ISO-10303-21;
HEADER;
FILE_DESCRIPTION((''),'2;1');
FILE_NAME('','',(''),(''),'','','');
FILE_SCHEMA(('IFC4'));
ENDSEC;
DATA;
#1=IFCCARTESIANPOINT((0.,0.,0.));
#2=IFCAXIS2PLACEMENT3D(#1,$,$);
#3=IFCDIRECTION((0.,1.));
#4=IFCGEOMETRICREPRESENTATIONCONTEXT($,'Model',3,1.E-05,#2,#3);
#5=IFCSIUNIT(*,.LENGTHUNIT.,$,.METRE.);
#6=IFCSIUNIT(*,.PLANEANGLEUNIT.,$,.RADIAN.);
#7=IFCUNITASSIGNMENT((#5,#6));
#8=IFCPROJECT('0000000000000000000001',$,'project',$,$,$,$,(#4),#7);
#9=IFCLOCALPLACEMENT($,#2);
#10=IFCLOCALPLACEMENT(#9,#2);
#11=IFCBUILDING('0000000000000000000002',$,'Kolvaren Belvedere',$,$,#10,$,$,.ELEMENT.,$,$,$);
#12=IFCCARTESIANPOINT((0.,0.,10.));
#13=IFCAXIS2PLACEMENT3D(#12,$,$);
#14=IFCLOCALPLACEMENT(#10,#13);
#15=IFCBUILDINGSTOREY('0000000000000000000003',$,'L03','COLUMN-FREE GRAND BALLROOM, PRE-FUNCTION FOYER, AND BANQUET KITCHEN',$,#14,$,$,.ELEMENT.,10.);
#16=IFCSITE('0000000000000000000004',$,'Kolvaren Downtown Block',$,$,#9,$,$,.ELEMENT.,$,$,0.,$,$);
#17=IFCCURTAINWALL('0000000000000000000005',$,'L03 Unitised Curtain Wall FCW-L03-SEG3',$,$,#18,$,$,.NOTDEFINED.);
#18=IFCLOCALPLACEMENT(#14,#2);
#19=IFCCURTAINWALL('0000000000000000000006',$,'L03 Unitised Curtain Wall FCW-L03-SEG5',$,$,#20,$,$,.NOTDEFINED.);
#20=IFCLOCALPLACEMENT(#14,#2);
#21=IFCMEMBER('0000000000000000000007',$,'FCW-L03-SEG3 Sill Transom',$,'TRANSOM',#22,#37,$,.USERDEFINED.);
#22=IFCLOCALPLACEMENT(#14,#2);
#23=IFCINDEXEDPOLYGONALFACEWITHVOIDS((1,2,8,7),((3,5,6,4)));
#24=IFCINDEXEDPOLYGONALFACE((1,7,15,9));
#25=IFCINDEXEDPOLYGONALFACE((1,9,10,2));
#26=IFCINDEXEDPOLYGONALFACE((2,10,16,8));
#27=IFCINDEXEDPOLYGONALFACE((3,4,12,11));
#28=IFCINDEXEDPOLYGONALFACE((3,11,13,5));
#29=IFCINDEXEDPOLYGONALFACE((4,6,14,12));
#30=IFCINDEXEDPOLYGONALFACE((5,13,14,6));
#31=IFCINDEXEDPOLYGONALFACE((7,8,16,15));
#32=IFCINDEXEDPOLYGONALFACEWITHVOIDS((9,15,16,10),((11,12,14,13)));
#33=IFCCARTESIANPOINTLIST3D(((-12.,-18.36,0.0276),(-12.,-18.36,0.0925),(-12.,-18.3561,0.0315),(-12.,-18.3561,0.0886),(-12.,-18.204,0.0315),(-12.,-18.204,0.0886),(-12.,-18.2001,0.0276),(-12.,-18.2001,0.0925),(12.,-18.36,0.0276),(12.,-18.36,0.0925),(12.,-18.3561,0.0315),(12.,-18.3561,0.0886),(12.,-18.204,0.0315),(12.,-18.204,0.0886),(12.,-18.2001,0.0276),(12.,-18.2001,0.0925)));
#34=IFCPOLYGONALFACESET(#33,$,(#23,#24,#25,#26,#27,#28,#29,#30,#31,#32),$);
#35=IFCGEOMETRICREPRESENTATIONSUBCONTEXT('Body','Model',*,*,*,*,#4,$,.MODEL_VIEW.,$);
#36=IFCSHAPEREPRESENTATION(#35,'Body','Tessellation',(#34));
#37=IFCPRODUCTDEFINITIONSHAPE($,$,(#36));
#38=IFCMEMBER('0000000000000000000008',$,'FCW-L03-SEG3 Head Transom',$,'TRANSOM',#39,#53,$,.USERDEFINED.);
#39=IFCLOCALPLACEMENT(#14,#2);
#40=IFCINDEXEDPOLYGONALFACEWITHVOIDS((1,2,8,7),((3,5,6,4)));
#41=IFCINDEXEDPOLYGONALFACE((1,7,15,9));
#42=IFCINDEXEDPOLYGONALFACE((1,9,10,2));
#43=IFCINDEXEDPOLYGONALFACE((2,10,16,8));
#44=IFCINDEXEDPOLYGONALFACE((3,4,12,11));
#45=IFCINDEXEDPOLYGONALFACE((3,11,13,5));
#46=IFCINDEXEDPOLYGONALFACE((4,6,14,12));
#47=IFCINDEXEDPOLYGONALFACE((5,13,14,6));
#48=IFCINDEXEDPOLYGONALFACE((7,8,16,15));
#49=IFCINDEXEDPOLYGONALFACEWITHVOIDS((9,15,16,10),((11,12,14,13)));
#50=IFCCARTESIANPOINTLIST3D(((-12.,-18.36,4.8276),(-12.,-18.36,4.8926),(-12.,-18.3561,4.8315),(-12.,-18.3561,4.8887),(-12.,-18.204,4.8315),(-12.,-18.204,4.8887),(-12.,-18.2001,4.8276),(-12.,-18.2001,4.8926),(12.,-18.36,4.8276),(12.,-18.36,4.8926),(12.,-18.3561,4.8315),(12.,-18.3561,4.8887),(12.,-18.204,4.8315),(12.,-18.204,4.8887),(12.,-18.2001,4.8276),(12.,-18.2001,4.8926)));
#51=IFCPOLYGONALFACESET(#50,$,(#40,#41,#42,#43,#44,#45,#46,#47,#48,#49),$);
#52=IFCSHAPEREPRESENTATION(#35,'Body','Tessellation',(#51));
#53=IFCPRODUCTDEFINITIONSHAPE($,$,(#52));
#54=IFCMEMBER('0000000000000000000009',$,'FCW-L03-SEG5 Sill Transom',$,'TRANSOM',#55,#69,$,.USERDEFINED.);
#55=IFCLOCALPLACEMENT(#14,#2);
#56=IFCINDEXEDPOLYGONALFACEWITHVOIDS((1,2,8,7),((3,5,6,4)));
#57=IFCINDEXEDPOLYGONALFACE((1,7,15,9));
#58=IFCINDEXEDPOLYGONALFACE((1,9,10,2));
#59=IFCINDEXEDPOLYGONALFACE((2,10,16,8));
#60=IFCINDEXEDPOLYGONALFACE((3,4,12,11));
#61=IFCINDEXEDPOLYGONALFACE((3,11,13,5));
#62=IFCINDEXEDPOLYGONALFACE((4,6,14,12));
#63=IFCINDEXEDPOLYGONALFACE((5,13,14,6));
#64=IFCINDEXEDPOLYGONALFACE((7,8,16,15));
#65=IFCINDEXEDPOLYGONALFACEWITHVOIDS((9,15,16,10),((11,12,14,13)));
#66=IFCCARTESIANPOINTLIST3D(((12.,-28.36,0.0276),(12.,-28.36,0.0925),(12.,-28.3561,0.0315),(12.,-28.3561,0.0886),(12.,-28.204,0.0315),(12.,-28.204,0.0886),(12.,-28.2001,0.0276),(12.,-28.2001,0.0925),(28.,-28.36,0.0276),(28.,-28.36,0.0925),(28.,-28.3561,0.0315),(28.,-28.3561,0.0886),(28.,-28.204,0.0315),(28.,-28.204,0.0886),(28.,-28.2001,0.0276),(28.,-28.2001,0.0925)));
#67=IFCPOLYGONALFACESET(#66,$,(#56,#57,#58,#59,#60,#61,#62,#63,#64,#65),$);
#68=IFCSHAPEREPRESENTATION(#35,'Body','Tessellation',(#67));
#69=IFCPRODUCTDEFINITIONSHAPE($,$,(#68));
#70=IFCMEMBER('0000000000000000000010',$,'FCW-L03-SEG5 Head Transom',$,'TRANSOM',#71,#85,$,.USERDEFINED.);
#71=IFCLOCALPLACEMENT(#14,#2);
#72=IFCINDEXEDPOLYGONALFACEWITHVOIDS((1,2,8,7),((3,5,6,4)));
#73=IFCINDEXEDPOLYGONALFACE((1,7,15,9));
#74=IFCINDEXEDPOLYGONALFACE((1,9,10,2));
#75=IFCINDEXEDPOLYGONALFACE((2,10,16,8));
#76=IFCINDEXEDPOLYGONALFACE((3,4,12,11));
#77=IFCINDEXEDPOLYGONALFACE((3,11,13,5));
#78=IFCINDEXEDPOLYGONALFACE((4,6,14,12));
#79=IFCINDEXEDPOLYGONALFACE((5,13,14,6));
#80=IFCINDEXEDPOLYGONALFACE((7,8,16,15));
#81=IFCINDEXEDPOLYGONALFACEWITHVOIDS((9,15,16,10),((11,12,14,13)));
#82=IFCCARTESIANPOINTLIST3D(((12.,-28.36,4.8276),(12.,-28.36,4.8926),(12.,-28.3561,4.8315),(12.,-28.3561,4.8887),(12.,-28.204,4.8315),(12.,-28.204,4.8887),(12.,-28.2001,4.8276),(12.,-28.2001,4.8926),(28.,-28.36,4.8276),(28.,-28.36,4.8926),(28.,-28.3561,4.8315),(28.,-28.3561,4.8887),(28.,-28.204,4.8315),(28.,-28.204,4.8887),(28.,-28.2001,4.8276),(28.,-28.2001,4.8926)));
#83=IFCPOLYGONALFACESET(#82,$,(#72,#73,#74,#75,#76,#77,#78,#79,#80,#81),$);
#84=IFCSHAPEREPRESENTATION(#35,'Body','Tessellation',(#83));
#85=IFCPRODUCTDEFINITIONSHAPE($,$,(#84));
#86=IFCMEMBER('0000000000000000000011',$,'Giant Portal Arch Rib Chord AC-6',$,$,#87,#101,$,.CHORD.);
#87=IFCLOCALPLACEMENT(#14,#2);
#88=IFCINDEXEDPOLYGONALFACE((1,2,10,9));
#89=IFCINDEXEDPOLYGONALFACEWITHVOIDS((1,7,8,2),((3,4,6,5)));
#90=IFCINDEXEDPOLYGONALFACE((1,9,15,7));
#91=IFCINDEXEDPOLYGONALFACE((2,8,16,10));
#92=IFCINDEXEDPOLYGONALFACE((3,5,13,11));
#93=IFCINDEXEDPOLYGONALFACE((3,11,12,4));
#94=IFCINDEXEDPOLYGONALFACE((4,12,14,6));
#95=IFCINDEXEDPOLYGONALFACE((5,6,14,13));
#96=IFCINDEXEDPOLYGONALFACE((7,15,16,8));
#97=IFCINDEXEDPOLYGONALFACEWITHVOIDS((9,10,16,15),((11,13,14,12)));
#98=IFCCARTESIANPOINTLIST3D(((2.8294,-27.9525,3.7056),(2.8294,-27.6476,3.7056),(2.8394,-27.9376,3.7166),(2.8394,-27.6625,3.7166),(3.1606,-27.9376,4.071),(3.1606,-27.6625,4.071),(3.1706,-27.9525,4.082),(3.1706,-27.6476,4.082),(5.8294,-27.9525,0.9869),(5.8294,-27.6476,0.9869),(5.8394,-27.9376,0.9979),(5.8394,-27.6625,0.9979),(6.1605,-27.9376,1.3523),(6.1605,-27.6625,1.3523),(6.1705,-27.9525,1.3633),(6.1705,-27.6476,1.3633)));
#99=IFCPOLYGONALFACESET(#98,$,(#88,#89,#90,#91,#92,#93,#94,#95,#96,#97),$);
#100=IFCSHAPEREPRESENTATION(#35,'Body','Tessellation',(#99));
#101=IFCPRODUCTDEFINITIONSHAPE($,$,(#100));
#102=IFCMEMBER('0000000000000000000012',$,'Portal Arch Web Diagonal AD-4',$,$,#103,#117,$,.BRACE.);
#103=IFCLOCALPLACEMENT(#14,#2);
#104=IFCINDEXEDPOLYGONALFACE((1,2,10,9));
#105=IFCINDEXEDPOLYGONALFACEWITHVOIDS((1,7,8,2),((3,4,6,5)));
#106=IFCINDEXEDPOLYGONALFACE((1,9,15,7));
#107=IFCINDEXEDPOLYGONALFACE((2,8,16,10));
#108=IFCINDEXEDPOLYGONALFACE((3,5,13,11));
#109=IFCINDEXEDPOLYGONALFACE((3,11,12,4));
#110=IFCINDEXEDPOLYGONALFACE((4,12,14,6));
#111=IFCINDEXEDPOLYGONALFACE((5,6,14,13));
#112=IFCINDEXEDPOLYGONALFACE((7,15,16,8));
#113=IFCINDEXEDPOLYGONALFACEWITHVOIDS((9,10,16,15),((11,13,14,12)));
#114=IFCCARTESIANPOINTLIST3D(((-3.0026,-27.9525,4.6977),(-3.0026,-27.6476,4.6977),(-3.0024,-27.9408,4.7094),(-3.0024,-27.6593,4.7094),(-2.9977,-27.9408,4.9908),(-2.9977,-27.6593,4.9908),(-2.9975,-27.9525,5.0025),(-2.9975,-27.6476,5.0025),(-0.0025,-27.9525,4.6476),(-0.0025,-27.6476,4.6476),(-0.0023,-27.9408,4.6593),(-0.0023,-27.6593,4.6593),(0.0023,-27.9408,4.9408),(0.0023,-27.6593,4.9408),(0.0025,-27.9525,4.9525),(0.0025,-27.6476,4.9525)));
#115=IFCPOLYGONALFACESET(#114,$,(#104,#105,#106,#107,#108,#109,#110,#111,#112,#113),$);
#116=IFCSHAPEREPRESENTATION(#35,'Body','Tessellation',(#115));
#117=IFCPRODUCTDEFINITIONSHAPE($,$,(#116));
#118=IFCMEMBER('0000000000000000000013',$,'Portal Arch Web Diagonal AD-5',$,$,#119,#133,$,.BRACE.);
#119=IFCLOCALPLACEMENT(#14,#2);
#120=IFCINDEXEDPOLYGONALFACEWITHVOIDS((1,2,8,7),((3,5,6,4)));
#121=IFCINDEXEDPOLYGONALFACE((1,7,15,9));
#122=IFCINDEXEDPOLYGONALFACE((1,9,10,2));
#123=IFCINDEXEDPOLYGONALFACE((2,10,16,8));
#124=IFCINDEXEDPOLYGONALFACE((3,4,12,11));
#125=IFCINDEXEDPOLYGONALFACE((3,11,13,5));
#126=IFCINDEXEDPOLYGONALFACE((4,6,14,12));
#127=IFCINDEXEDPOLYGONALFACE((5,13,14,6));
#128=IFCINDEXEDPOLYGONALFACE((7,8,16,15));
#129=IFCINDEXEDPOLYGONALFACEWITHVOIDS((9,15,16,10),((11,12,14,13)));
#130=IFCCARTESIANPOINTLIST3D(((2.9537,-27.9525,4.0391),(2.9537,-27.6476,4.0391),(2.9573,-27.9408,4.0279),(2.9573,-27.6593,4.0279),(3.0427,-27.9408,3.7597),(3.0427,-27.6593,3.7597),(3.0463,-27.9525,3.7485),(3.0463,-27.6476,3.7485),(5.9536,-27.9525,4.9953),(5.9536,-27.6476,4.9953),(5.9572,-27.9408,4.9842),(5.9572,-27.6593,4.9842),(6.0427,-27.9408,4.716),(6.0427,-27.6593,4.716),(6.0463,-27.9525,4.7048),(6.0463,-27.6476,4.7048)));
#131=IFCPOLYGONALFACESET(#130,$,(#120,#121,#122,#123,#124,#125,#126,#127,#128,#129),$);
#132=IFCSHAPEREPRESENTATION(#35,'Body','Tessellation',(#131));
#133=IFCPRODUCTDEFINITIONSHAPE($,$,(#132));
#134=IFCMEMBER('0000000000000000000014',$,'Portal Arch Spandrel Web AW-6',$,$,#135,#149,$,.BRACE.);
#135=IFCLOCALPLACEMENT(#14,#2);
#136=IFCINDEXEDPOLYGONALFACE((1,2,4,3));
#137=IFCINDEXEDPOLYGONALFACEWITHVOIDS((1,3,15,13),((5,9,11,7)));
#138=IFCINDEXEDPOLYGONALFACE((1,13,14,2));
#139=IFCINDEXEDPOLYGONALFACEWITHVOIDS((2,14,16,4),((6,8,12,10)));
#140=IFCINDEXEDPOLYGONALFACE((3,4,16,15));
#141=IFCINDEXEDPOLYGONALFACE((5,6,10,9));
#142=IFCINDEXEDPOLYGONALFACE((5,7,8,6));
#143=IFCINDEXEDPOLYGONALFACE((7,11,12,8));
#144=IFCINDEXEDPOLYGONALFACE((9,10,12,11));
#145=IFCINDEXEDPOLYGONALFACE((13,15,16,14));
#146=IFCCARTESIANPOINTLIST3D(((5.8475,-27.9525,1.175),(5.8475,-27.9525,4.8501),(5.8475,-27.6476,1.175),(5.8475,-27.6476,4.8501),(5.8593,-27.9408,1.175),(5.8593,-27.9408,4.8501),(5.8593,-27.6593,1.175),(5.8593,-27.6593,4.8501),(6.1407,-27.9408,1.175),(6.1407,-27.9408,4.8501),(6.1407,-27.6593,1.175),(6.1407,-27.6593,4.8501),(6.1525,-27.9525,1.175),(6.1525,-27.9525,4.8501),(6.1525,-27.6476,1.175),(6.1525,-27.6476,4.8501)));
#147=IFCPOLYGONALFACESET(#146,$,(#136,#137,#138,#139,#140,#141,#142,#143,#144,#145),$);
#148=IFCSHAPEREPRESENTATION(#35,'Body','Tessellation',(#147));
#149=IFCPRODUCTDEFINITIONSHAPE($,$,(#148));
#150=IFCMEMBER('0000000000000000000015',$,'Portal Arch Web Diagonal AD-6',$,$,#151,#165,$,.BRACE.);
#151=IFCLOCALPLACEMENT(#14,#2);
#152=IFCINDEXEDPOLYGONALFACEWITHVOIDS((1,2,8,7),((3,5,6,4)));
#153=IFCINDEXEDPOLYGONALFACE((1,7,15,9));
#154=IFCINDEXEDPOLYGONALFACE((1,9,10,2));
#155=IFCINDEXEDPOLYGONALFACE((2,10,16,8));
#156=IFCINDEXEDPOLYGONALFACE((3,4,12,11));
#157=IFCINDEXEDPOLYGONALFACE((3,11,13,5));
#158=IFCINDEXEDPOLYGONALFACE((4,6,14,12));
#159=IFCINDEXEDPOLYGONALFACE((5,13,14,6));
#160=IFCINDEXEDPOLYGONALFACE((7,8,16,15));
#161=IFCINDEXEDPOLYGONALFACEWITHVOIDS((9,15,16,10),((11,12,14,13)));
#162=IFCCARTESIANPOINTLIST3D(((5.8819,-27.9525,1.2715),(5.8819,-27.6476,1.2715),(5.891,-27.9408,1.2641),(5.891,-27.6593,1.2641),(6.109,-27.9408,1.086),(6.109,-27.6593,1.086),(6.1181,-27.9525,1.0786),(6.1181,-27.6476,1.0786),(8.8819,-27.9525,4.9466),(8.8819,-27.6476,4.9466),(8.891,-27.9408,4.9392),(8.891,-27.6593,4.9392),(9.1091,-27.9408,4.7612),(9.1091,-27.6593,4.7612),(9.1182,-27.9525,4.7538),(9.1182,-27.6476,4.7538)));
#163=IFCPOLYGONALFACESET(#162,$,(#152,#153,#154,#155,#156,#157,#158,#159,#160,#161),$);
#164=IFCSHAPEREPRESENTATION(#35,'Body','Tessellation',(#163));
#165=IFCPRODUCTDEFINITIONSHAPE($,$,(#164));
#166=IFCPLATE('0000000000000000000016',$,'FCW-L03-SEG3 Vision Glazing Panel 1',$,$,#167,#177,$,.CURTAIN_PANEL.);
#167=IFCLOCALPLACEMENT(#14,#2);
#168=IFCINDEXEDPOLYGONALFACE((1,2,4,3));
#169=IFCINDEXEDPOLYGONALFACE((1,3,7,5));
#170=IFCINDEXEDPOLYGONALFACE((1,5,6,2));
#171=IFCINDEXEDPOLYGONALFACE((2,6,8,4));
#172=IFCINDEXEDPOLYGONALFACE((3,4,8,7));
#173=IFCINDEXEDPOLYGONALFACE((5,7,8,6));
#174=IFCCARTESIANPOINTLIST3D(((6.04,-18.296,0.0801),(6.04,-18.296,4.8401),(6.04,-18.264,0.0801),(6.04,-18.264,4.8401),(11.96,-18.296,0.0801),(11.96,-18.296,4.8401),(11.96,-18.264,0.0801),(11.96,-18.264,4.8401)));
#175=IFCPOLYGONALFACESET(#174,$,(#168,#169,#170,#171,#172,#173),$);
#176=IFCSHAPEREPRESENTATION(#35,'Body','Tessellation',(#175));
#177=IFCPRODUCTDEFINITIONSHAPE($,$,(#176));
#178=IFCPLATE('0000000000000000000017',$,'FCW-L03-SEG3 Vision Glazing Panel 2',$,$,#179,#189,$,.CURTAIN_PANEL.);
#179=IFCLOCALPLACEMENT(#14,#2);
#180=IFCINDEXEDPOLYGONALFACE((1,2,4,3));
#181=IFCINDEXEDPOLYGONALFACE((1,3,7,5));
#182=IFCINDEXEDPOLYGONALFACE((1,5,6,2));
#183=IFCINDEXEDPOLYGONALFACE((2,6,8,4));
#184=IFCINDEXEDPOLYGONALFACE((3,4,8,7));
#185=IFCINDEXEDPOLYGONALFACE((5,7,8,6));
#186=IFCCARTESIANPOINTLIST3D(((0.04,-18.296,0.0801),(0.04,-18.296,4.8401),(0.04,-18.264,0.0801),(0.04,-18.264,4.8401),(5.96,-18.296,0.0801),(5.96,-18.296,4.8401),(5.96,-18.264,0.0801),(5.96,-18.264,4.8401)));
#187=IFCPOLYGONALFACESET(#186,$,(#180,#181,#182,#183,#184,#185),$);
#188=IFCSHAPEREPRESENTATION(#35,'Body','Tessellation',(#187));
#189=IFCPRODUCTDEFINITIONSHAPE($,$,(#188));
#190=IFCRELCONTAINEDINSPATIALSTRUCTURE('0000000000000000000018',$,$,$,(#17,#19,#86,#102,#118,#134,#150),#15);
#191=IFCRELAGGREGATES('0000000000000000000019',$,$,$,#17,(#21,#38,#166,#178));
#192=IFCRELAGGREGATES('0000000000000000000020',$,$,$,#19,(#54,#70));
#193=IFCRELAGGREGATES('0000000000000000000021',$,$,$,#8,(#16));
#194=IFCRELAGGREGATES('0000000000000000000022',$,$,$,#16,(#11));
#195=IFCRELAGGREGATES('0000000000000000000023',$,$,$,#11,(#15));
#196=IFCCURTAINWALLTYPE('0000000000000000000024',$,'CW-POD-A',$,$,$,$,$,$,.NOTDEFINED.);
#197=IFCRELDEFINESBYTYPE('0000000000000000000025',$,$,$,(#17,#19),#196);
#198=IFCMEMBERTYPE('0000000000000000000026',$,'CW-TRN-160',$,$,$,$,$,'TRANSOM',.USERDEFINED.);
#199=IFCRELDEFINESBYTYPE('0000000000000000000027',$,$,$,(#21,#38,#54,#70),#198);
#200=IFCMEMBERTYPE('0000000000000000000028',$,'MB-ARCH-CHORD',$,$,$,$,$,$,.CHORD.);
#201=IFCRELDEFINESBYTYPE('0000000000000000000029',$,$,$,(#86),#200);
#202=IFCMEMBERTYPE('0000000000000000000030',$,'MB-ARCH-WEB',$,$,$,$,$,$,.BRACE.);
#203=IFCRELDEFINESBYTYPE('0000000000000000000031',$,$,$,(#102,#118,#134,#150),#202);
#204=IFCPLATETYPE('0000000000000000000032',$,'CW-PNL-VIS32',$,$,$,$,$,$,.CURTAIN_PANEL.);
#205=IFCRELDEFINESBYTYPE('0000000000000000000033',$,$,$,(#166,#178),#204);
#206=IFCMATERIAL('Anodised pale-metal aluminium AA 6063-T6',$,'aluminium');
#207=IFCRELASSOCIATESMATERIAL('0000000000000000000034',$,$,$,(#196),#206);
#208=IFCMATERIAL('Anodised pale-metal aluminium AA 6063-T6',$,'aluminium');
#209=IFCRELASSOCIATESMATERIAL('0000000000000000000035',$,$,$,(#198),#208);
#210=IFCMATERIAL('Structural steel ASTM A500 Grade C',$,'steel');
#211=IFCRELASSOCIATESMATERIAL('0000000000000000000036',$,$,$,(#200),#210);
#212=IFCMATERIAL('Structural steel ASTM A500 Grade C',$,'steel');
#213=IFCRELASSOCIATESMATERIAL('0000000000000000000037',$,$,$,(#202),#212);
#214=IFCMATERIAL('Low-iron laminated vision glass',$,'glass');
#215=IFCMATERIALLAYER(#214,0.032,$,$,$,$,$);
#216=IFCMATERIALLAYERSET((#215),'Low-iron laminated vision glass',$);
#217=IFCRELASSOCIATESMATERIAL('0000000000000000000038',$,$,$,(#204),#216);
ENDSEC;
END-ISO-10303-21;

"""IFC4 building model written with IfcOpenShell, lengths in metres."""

from ifc_helpers import new_model, si_unit, direction, frame, origin, origin_2d, place, context, subcontext, project, spatial, rectangle, hollow_rectangle, extrude, material, layer, layer_set, material_profile, profile_set, type_object, element, aggregate, save


model = new_model("IFC4")

# Units and contexts
model_context = context("Model", 3, precision=1e-05, world=origin(), true_north=direction((0.0, 1.0)))
body_context = subcontext(model_context, "Body", "Model", "MODEL_VIEW")
ifc_project = project(units=[si_unit("LENGTHUNIT", "METRE"), si_unit("PLANEANGLEUNIT", "RADIAN")], contexts=[model_context])

# Site, building, storey
site_placement = place(None, origin())
site = spatial("IfcSite", under=ifc_project, at=site_placement, Name="Kolvaren Downtown Block", CompositionType="ELEMENT", RefElevation=0.0)
building_placement = place(site_placement, origin())
building = spatial("IfcBuilding", under=site, at=building_placement, Name="Kolvaren Belvedere", CompositionType="ELEMENT")
storey_placement = place(building_placement, frame((0.0, 0.0, 10.0)))
storey = spatial("IfcBuildingStorey", under=building, at=storey_placement, Name="L03", Description="COLUMN-FREE GRAND BALLROOM, PRE-FUNCTION FOYER, AND BANQUET KITCHEN", CompositionType="ELEMENT", Elevation=10.0)

# Curtain walls
ifc_material_1 = material(Name="Anodised pale-metal aluminium AA 6063-T6", Category="aluminium")
curtain_wall_type = type_object("IfcCurtainWallType", Name="CW-POD-A", PredefinedType="NOTDEFINED", material=ifc_material_1)
curtain_wall_1_placement = place(storey_placement, origin())
curtain_wall_1 = element("IfcCurtainWall", 1, at=curtain_wall_1_placement, inside=storey, type_object=curtain_wall_type, Name="L03 Unitised Curtain Wall FCW-L03-SEG3", PredefinedType="NOTDEFINED")
curtain_wall_2_placement = place(storey_placement, origin())
curtain_wall_2 = element("IfcCurtainWall", 2, at=curtain_wall_2_placement, inside=storey, type_object=curtain_wall_type, Name="L03 Unitised Curtain Wall FCW-L03-SEG5", PredefinedType="NOTDEFINED")

# Members
ifc_material_2 = material(Name="Anodised pale-metal aluminium AA 6063-T6", Category="aluminium")
ifc_material_profile_1 = material_profile(ifc_material_2, hollow_rectangle(XDim=0.0649, YDim=0.1599, WallThickness=0.0039, at=origin_2d()), Name="ALU-TRN-160X65")
ifc_profile_set_1 = profile_set([ifc_material_profile_1], Name="Anodised pale-metal aluminium AA 6063-T6")
member_type_1 = type_object("IfcMemberType", Name="CW-TRN-160", ElementType="TRANSOM", PredefinedType="USERDEFINED", material=ifc_profile_set_1)
member_1_placement = place(storey_placement, frame((12.0, -18.28, 0.0601), z_axis=(-1.0, 0.0, 0.0), x_axis=(0.0, 0.0, 1.0)))
member_1 = element("IfcMember", 3, at=member_1_placement, type_object=member_type_1, Name="FCW-L03-SEG3 Sill Transom", ObjectType="TRANSOM", PredefinedType="USERDEFINED", context=body_context, shape_type="SweptSolid", body=[
    extrude(hollow_rectangle(XDim=0.0649, YDim=0.1599, WallThickness=0.0039, at=origin_2d()), origin(), (0.0, 0.0, 1.0), 24.0),
])
member_2_placement = place(storey_placement, frame((12.0, -18.28, 4.8601), z_axis=(-1.0, 0.0, 0.0), x_axis=(0.0, 0.0, 1.0)))
member_2 = element("IfcMember", 4, at=member_2_placement, type_object=member_type_1, Name="FCW-L03-SEG3 Head Transom", ObjectType="TRANSOM", PredefinedType="USERDEFINED", context=body_context, shape_type="SweptSolid", body=[
    extrude(hollow_rectangle(XDim=0.0649, YDim=0.1599, WallThickness=0.0039, at=origin_2d()), origin(), (0.0, 0.0, 1.0), 24.0),
])
member_3_placement = place(storey_placement, frame((28.0, -28.28, 0.0601), z_axis=(-1.0, 0.0, 0.0), x_axis=(0.0, 0.0, 1.0)))
member_3 = element("IfcMember", 5, at=member_3_placement, type_object=member_type_1, Name="FCW-L03-SEG5 Sill Transom", ObjectType="TRANSOM", PredefinedType="USERDEFINED", context=body_context, shape_type="SweptSolid", body=[
    extrude(hollow_rectangle(XDim=0.0649, YDim=0.1599, WallThickness=0.0039, at=origin_2d()), origin(), (0.0, 0.0, 1.0), 16.0),
])
member_4_placement = place(storey_placement, frame((28.0, -28.28, 4.8601), z_axis=(-1.0, 0.0, 0.0), x_axis=(0.0, 0.0, 1.0)))
member_4 = element("IfcMember", 6, at=member_4_placement, type_object=member_type_1, Name="FCW-L03-SEG5 Head Transom", ObjectType="TRANSOM", PredefinedType="USERDEFINED", context=body_context, shape_type="SweptSolid", body=[
    extrude(hollow_rectangle(XDim=0.0649, YDim=0.1599, WallThickness=0.0039, at=origin_2d()), origin(), (0.0, 0.0, 1.0), 16.0),
])

# Members
ifc_material_3 = material(Name="Structural steel ASTM A500 Grade C", Category="steel")
ifc_material_profile_2 = material_profile(ifc_material_3, hollow_rectangle(XDim=0.3049, YDim=0.5081, WallThickness=0.0149, at=origin_2d()), Name="HSS20X12X5/8")
ifc_profile_set_2 = profile_set([ifc_material_profile_2], Name="Structural steel ASTM A500 Grade C")
member_type_2 = type_object("IfcMemberType", Name="MB-ARCH-CHORD", PredefinedType="CHORD", material=ifc_profile_set_2)
member_5_placement = place(storey_placement, frame((3.0, -27.8, 3.8938), z_axis=(0.740987, 0.0, -0.671519), x_axis=(0.0, 1.0, 0.0)))
element("IfcMember", 7, at=member_5_placement, inside=storey, type_object=member_type_2, Name="Giant Portal Arch Rib Chord AC-6", PredefinedType="CHORD", context=body_context, shape_type="SweptSolid", body=[
    extrude(hollow_rectangle(XDim=0.3049, YDim=0.5081, WallThickness=0.0149, at=origin_2d()), origin(), (0.0, 0.0, 1.0), 4.0486),
])
ifc_material_4 = material(Name="Structural steel ASTM A500 Grade C", Category="steel")
ifc_material_profile_3 = material_profile(ifc_material_4, hollow_rectangle(XDim=0.3049, YDim=0.3049, WallThickness=0.0117, at=origin_2d()), Name="HSS12X12X1/2")
ifc_profile_set_3 = profile_set([ifc_material_profile_3], Name="Structural steel ASTM A500 Grade C")
member_type_3 = type_object("IfcMemberType", Name="MB-ARCH-WEB", PredefinedType="BRACE", material=ifc_profile_set_3)
member_6_placement = place(storey_placement, frame((0.0, -27.8, 4.8), z_axis=(-0.999861, 0.0, 0.016681), x_axis=(0.0, -1.0, 0.0)))
element("IfcMember", 8, at=member_6_placement, inside=storey, type_object=member_type_3, Name="Portal Arch Web Diagonal AD-4", PredefinedType="BRACE", context=body_context, shape_type="SweptSolid", body=[
    extrude(hollow_rectangle(XDim=0.3049, YDim=0.3049, WallThickness=0.0117, at=origin_2d()), origin(), (0.0, 0.0, 1.0), 3.0005),
])
member_7_placement = place(storey_placement, frame((3.0, -27.8, 3.8938), z_axis=(0.952765, 0.0, 0.303709), x_axis=(0.0, 1.0, 0.0)))
element("IfcMember", 9, at=member_7_placement, inside=storey, type_object=member_type_3, Name="Portal Arch Web Diagonal AD-5", PredefinedType="BRACE", context=body_context, shape_type="SweptSolid", body=[
    extrude(hollow_rectangle(XDim=0.3049, YDim=0.3049, WallThickness=0.0117, at=origin_2d()), origin(), (0.0, 0.0, 1.0), 3.1487),
])
member_8_placement = place(storey_placement, frame((6.0, -27.8, 1.175), z_axis=(0.0, 0.0, 1.0), x_axis=(1.0, 0.0, 0.0)))
element("IfcMember", 10, at=member_8_placement, inside=storey, type_object=member_type_3, Name="Portal Arch Spandrel Web AW-6", PredefinedType="BRACE", context=body_context, shape_type="SweptSolid", body=[
    extrude(hollow_rectangle(XDim=0.3049, YDim=0.3049, WallThickness=0.0117, at=origin_2d()), origin(), (0.0, 0.0, 1.0), 3.675),
])
member_9_placement = place(storey_placement, frame((6.0, -27.8, 1.175), z_axis=(0.632371, 0.0, 0.774665), x_axis=(0.0, 1.0, 0.0)))
element("IfcMember", 11, at=member_9_placement, inside=storey, type_object=member_type_3, Name="Portal Arch Web Diagonal AD-6", PredefinedType="BRACE", context=body_context, shape_type="SweptSolid", body=[
    extrude(hollow_rectangle(XDim=0.3049, YDim=0.3049, WallThickness=0.0117, at=origin_2d()), origin(), (0.0, 0.0, 1.0), 4.7441),
])

# Plates
ifc_material_5 = material(Name="Low-iron laminated vision glass", Category="glass")
ifc_layer_1 = layer(ifc_material_5, 0.032)
ifc_layer_set_1 = layer_set([ifc_layer_1], Name="Low-iron laminated vision glass")
plate_type_1 = type_object("IfcPlateType", Name="CW-PNL-VIS32", PredefinedType="CURTAIN_PANEL", material=ifc_layer_set_1)
plate_1_placement = place(storey_placement, frame((9.0, -18.28, 0.0801), z_axis=(0.0, 0.0, 1.0), x_axis=(-1.0, 0.0, 0.0)))
plate_1 = element("IfcPlate", 12, at=plate_1_placement, type_object=plate_type_1, Name="FCW-L03-SEG3 Vision Glazing Panel 1", PredefinedType="CURTAIN_PANEL", context=body_context, shape_type="SweptSolid", body=[
    extrude(rectangle(XDim=5.9199, YDim=0.032, at=origin_2d()), origin(), (0.0, 0.0, 1.0), 4.76),
])
plate_2_placement = place(storey_placement, frame((3.0, -18.28, 0.0801), z_axis=(0.0, 0.0, 1.0), x_axis=(-1.0, 0.0, 0.0)))
plate_2 = element("IfcPlate", 13, at=plate_2_placement, type_object=plate_type_1, Name="FCW-L03-SEG3 Vision Glazing Panel 2", PredefinedType="CURTAIN_PANEL", context=body_context, shape_type="SweptSolid", body=[
    extrude(rectangle(XDim=5.9199, YDim=0.032, at=origin_2d()), origin(), (0.0, 0.0, 1.0), 4.76),
])
aggregate(curtain_wall_1, [member_1, member_2, plate_1, plate_2])
aggregate(curtain_wall_2, [member_3, member_4])

save(model, "model.ifc")
